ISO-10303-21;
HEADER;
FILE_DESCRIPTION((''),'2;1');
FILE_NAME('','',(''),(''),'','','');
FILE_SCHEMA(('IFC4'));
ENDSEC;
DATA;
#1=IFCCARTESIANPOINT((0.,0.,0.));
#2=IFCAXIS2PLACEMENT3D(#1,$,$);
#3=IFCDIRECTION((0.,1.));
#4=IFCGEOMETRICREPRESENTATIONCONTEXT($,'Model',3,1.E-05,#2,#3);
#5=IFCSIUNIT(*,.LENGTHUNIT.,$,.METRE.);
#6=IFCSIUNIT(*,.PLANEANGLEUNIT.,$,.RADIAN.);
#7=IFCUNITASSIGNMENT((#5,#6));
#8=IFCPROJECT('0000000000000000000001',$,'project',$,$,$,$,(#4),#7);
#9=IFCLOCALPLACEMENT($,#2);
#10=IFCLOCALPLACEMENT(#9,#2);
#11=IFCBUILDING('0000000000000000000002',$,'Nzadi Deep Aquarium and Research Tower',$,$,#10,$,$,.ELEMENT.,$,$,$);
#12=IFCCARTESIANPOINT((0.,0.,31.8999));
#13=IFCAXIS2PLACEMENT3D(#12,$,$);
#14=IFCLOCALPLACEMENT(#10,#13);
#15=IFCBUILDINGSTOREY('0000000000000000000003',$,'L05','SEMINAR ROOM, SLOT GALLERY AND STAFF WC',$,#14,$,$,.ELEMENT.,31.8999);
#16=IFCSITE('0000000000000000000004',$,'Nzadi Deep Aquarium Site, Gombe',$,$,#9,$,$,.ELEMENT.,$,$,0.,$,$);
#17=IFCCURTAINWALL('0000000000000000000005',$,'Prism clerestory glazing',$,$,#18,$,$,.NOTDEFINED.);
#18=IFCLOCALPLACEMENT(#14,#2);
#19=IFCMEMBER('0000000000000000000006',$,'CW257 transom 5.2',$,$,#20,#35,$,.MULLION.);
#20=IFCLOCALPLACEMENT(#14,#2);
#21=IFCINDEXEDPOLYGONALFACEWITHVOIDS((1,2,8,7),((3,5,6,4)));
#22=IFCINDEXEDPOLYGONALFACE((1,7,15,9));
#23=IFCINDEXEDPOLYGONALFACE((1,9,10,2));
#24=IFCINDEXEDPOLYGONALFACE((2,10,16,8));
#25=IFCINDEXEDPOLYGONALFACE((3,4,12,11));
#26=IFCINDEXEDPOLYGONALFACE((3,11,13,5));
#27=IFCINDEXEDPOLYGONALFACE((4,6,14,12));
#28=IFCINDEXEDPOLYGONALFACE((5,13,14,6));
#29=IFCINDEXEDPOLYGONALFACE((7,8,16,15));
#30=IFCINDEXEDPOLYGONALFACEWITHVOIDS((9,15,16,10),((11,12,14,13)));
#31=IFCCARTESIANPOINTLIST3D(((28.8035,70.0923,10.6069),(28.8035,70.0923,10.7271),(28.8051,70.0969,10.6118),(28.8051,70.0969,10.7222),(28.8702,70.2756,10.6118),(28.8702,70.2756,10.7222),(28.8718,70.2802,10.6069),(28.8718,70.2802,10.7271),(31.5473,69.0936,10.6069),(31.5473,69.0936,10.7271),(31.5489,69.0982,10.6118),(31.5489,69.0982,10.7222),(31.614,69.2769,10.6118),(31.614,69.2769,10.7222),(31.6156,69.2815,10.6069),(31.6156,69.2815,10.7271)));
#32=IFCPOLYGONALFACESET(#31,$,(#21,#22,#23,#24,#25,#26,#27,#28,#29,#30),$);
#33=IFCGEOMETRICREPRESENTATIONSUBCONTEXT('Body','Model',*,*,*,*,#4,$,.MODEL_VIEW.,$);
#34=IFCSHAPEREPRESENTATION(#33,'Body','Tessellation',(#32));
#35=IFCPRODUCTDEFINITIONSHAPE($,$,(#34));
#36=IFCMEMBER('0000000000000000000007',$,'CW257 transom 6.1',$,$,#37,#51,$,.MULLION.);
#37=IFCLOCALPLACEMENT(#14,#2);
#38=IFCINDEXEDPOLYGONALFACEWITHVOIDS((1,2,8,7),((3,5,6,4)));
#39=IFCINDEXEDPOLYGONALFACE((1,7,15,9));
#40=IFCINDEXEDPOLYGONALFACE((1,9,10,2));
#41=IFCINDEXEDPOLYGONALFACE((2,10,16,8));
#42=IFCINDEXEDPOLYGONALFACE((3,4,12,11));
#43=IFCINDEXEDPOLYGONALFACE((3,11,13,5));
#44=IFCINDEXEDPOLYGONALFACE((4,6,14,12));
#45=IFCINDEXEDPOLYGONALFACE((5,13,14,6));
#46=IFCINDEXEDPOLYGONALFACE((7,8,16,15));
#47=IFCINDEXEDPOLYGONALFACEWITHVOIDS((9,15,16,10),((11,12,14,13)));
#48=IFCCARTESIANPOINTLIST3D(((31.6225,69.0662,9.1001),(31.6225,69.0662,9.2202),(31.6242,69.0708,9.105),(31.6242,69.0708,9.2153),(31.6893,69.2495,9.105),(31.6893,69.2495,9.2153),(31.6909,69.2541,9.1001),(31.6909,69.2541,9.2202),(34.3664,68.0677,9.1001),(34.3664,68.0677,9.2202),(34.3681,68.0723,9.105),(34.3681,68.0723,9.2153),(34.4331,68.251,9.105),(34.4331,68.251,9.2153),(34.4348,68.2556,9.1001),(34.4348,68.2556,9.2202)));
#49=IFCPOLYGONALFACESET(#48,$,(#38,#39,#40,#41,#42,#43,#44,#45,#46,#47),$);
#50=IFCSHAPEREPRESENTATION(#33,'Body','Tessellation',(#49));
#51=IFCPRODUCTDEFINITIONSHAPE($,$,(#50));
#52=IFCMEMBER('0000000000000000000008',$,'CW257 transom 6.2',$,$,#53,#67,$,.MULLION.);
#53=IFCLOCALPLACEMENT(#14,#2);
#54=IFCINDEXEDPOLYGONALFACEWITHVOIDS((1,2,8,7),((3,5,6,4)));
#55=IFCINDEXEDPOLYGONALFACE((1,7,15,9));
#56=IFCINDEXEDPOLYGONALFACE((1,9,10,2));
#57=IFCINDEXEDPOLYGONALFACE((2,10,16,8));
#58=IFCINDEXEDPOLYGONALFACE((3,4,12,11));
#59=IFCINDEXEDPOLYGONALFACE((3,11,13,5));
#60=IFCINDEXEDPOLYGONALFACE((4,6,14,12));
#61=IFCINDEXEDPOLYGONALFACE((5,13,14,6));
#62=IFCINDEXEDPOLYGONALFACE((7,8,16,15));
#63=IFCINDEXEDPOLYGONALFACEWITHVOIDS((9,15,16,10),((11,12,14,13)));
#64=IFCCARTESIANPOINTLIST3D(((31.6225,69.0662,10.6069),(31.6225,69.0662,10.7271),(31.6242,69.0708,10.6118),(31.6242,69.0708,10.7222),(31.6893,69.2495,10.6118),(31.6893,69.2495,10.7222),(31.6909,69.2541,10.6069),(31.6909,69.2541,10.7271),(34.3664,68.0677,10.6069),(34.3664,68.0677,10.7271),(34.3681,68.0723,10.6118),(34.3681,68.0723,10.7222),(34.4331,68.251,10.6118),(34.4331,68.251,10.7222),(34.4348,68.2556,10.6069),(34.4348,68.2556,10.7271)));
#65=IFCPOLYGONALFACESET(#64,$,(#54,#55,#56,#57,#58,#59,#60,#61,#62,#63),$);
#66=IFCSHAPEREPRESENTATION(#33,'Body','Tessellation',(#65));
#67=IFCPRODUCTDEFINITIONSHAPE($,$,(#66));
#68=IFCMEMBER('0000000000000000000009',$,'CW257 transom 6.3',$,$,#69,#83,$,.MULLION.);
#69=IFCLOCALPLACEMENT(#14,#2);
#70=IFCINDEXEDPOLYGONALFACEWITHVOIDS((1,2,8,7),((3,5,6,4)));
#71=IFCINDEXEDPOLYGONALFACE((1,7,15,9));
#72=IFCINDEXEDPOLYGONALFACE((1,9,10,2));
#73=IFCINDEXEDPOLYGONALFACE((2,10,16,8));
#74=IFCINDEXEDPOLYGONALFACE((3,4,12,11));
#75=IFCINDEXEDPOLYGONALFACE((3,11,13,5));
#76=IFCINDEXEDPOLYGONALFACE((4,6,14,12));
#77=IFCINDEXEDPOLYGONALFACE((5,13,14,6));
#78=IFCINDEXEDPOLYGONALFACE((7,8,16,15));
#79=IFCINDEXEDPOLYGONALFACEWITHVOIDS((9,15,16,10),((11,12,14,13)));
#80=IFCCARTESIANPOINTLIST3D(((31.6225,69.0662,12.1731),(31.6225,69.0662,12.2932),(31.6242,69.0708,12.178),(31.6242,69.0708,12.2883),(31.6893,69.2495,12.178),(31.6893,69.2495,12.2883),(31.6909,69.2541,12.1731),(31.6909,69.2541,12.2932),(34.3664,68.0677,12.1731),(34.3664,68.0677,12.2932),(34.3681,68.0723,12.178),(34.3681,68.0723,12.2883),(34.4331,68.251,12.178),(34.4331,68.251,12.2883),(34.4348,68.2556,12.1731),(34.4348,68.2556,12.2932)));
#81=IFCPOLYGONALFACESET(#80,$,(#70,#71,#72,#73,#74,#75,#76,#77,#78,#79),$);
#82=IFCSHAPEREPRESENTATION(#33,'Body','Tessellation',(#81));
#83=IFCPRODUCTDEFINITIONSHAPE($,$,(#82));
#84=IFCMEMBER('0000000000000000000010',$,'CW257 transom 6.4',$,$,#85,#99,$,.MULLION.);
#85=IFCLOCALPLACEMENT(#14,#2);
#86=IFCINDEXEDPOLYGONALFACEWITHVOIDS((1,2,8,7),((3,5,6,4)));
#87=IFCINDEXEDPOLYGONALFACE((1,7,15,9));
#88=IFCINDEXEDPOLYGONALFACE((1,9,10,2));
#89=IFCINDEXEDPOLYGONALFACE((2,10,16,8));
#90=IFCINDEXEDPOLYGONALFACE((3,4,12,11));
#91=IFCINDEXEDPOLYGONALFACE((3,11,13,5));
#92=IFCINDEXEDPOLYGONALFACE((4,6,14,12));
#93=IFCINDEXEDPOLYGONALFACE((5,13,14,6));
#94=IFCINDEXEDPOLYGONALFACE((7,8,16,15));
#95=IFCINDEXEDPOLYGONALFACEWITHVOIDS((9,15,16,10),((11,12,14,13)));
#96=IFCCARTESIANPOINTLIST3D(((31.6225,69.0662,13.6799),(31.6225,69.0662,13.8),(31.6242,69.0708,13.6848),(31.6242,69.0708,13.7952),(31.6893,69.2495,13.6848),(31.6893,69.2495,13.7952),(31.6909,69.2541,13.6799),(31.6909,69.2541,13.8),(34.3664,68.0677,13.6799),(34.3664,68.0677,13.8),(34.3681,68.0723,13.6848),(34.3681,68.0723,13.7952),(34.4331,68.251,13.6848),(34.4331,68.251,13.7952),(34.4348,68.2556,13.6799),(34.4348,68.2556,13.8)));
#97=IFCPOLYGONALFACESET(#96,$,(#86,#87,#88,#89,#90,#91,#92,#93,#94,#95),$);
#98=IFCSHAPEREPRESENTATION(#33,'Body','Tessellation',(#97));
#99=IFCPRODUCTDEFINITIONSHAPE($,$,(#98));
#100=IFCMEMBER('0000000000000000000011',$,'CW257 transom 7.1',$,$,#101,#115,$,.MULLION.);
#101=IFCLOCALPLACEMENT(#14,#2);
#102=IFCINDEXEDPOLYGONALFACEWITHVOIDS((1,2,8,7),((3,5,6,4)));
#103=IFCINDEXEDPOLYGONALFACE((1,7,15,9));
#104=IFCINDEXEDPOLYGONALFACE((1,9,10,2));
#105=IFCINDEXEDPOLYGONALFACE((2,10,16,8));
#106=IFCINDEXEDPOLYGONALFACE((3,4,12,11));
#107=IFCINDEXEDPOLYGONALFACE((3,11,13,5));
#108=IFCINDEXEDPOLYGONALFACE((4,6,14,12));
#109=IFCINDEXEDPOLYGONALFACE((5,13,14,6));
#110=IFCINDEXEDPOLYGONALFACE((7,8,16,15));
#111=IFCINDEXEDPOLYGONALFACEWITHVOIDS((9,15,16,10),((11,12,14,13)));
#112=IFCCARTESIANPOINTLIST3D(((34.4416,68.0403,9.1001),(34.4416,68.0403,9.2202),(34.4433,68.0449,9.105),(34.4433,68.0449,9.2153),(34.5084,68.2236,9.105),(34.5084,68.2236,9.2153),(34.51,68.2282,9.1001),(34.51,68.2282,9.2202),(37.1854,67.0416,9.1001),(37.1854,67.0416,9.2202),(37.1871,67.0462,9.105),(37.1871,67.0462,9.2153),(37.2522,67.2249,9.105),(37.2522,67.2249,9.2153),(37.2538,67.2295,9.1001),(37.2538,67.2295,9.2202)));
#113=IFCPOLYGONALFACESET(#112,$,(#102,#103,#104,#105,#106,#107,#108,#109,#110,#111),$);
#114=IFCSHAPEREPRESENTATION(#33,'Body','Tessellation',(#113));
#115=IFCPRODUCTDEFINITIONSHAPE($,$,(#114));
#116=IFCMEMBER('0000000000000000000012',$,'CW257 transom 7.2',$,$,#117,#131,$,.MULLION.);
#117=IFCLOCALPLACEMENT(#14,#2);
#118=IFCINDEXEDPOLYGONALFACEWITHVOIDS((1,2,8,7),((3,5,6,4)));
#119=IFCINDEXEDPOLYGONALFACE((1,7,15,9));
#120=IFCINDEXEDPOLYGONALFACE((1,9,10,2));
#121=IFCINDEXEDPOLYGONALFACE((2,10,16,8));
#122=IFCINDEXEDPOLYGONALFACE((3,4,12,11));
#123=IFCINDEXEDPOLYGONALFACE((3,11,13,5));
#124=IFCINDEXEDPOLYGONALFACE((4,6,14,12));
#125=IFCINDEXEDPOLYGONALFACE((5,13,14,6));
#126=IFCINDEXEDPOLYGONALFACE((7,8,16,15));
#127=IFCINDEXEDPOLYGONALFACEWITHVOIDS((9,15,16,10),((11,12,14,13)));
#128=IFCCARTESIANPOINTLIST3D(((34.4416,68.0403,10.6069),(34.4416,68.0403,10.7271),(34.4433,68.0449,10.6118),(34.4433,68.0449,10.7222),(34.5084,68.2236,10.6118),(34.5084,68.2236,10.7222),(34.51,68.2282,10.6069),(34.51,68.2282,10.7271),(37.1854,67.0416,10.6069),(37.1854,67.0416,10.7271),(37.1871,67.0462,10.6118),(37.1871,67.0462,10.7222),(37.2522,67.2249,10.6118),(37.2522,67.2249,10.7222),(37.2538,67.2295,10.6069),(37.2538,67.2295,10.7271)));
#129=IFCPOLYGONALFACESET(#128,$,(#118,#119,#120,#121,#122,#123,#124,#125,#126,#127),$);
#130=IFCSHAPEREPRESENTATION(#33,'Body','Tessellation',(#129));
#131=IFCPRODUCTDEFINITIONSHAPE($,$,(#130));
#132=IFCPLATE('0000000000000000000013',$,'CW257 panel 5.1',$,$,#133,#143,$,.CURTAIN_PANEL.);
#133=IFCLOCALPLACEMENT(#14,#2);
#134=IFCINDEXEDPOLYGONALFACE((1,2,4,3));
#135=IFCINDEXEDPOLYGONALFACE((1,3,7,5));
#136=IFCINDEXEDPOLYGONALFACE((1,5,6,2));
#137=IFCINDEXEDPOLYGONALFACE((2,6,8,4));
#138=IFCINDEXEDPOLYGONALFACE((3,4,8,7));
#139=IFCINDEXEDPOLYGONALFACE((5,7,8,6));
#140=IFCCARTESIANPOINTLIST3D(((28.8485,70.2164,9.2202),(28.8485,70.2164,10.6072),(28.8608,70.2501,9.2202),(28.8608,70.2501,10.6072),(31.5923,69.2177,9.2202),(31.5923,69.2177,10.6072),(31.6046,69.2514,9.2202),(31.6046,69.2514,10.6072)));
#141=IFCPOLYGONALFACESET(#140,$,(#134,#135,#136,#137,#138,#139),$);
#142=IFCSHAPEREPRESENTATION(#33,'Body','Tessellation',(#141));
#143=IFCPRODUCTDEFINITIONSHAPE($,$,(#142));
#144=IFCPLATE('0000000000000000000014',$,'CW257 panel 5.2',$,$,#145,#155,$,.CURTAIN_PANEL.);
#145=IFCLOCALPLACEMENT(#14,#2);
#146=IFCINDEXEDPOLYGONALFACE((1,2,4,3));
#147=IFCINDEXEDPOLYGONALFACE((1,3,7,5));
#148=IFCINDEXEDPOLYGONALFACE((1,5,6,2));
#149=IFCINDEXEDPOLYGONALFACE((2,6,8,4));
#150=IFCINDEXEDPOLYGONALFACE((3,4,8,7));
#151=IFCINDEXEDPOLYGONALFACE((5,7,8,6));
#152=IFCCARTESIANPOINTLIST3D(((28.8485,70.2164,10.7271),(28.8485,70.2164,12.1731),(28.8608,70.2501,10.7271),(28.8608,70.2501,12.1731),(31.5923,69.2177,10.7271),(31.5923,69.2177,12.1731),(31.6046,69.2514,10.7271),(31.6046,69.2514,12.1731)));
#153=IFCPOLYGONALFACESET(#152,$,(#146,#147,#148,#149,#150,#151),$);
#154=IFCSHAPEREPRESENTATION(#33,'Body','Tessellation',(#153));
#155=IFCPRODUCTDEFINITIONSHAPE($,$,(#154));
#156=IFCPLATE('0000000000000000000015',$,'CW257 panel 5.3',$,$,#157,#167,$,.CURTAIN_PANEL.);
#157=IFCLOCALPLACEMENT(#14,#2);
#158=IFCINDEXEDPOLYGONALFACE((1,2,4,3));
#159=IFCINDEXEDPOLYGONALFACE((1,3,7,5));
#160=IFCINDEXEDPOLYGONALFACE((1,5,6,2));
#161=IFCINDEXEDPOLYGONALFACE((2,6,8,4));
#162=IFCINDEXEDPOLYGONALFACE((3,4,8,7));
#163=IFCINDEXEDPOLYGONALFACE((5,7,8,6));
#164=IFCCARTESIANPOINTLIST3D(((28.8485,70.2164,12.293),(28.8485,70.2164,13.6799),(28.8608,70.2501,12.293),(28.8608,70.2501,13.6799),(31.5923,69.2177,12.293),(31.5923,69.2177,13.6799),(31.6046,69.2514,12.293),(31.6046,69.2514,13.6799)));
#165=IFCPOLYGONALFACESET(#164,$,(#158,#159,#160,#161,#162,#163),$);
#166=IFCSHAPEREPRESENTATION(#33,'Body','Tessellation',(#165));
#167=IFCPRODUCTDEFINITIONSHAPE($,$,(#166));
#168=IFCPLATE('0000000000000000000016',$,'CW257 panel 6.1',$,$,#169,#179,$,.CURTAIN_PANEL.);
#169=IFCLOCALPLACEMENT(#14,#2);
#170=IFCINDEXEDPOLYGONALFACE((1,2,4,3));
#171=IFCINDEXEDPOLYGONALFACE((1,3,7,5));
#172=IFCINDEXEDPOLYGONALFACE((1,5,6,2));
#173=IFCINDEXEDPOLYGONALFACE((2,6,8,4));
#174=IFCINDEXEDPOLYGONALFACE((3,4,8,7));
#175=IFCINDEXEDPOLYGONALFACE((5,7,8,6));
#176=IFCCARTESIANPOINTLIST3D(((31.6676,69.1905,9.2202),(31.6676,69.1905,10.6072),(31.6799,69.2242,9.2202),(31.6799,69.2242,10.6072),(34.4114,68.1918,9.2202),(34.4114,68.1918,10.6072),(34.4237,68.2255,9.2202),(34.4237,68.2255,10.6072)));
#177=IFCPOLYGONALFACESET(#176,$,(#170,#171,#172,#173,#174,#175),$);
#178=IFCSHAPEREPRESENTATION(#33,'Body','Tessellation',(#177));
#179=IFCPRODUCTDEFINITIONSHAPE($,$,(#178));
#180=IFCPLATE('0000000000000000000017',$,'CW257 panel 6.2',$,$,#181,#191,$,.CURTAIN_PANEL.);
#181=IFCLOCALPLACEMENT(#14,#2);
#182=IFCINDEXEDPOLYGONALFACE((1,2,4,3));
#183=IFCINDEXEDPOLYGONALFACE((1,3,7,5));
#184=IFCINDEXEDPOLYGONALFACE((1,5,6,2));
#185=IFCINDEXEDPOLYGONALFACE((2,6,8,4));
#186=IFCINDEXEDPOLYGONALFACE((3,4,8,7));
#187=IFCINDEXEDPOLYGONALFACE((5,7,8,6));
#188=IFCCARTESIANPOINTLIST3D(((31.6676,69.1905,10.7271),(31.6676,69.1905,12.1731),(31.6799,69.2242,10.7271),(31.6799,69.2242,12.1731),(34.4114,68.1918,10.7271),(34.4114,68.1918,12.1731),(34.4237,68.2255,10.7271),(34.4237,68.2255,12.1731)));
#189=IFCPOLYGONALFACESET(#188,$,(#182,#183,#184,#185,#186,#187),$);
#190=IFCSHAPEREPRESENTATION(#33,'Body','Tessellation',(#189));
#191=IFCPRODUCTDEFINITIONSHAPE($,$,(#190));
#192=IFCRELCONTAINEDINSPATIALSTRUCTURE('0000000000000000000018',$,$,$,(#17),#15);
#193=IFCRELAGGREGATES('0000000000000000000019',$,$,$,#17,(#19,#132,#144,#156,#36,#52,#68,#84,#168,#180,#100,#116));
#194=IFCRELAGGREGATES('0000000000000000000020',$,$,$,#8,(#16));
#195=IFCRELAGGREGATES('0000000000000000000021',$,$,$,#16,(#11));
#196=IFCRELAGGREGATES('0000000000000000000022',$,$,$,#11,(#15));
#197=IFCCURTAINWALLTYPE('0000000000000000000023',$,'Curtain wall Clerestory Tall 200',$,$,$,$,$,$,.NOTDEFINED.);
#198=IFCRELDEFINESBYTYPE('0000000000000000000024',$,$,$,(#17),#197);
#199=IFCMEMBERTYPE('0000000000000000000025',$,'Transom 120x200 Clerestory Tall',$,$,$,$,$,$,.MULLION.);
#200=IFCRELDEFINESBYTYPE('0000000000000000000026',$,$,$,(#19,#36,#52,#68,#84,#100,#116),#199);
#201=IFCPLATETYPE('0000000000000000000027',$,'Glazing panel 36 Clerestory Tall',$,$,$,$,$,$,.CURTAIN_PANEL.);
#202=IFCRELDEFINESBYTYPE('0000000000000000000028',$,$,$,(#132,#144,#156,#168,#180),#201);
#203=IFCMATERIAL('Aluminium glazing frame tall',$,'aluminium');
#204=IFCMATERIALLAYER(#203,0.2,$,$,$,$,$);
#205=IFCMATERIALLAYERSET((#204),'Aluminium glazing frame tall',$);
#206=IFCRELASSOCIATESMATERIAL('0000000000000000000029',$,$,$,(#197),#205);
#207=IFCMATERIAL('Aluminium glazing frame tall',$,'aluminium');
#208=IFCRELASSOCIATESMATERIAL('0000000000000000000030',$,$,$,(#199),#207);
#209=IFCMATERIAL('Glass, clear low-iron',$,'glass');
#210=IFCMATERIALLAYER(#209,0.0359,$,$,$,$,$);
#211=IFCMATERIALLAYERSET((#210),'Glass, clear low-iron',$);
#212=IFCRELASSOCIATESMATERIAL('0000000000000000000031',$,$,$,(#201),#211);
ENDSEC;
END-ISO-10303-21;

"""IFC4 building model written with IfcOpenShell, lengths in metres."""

from ifc_helpers import new_model, si_unit, direction, frame, origin, origin_2d, place, context, subcontext, project, spatial, rectangle, hollow_rectangle, extrude, material, layer, layer_set, material_profile, profile_set, type_object, element, aggregate, save


model = new_model("IFC4")

# Units and contexts
model_context = context("Model", 3, precision=1e-05, world=origin(), true_north=direction((0.0, 1.0)))
body_context = subcontext(model_context, "Body", "Model", "MODEL_VIEW")
ifc_project = project(units=[si_unit("LENGTHUNIT", "METRE"), si_unit("PLANEANGLEUNIT", "RADIAN")], contexts=[model_context])

# Site, building, storey
site_placement = place(None, origin())
site = spatial("IfcSite", under=ifc_project, at=site_placement, Name="Nzadi Deep Aquarium Site, Gombe", CompositionType="ELEMENT", RefElevation=0.0)
building_placement = place(site_placement, origin())
building = spatial("IfcBuilding", under=site, at=building_placement, Name="Nzadi Deep Aquarium and Research Tower", CompositionType="ELEMENT")
storey_placement = place(building_placement, frame((0.0, 0.0, 31.8999)))
storey = spatial("IfcBuildingStorey", under=building, at=storey_placement, Name="L05", Description="SEMINAR ROOM, SLOT GALLERY AND STAFF WC", CompositionType="ELEMENT", Elevation=31.8999)

# Curtain wall
ifc_material_1 = material(Name="Aluminium glazing frame tall", Category="aluminium")
ifc_layer_1 = layer(ifc_material_1, 0.2)
ifc_layer_set_1 = layer_set([ifc_layer_1], Name="Aluminium glazing frame tall")
curtain_wall_type = type_object("IfcCurtainWallType", Name="Curtain wall Clerestory Tall 200", PredefinedType="NOTDEFINED", material=ifc_layer_set_1)
curtain_wall_placement = place(storey_placement, origin())
curtain_wall = element("IfcCurtainWall", 1, at=curtain_wall_placement, inside=storey, type_object=curtain_wall_type, Name="Prism clerestory glazing", PredefinedType="NOTDEFINED")

# Members
ifc_material_2 = material(Name="Aluminium glazing frame tall", Category="aluminium")
ifc_material_profile_1 = material_profile(ifc_material_2, hollow_rectangle(XDim=0.2, YDim=0.1201, WallThickness=0.0049, at=origin_2d()))
ifc_profile_set_1 = profile_set([ifc_material_profile_1], Name="Aluminium glazing frame tall")
member_type_1 = type_object("IfcMemberType", Name="Transom 120x200 Clerestory Tall", PredefinedType="MULLION", material=ifc_profile_set_1)
member_1_placement = place(storey_placement, frame((28.8376, 70.1863, 10.667), z_axis=(0.939684, -0.342045, 0.0), x_axis=(0.342045, 0.939684, 0.0)))
member_1 = element("IfcMember", 2, at=member_1_placement, type_object=member_type_1, Name="CW257 transom 5.2", PredefinedType="MULLION", context=body_context, shape_type="SweptSolid", body=[
    extrude(hollow_rectangle(XDim=0.2, YDim=0.1201, WallThickness=0.0049, at=origin_2d()), origin(), (0.0, 0.0, 1.0), 2.9199),
])
member_2_placement = place(storey_placement, frame((31.6567, 69.1602, 9.1602), z_axis=(0.93971, -0.341971, 0.0), x_axis=(0.341971, 0.93971, 0.0)))
member_2 = element("IfcMember", 3, at=member_2_placement, type_object=member_type_1, Name="CW257 transom 6.1", PredefinedType="MULLION", context=body_context, shape_type="SweptSolid", body=[
    extrude(hollow_rectangle(XDim=0.2, YDim=0.1201, WallThickness=0.0049, at=origin_2d()), origin(), (0.0, 0.0, 1.0), 2.9199),
])
member_3_placement = place(storey_placement, frame((31.6567, 69.1602, 10.667), z_axis=(0.93971, -0.341971, 0.0), x_axis=(0.341971, 0.93971, 0.0)))
member_3 = element("IfcMember", 4, at=member_3_placement, type_object=member_type_1, Name="CW257 transom 6.2", PredefinedType="MULLION", context=body_context, shape_type="SweptSolid", body=[
    extrude(hollow_rectangle(XDim=0.2, YDim=0.1201, WallThickness=0.0049, at=origin_2d()), origin(), (0.0, 0.0, 1.0), 2.9199),
])
member_4_placement = place(storey_placement, frame((31.6567, 69.1602, 12.2332), z_axis=(0.93971, -0.341971, 0.0), x_axis=(0.341971, 0.93971, 0.0)))
member_4 = element("IfcMember", 5, at=member_4_placement, type_object=member_type_1, Name="CW257 transom 6.3", PredefinedType="MULLION", context=body_context, shape_type="SweptSolid", body=[
    extrude(hollow_rectangle(XDim=0.2, YDim=0.1201, WallThickness=0.0049, at=origin_2d()), origin(), (0.0, 0.0, 1.0), 2.9199),
])
member_5_placement = place(storey_placement, frame((31.6567, 69.1602, 13.74), z_axis=(0.93971, -0.341971, 0.0), x_axis=(0.341971, 0.93971, 0.0)))
member_5 = element("IfcMember", 6, at=member_5_placement, type_object=member_type_1, Name="CW257 transom 6.4", PredefinedType="MULLION", context=body_context, shape_type="SweptSolid", body=[
    extrude(hollow_rectangle(XDim=0.2, YDim=0.1201, WallThickness=0.0049, at=origin_2d()), origin(), (0.0, 0.0, 1.0), 2.9199),
])
member_6_placement = place(storey_placement, frame((34.4758, 68.1343, 9.1602), z_axis=(0.939684, -0.342045, 0.0), x_axis=(0.342045, 0.939684, 0.0)))
member_6 = element("IfcMember", 7, at=member_6_placement, type_object=member_type_1, Name="CW257 transom 7.1", PredefinedType="MULLION", context=body_context, shape_type="SweptSolid", body=[
    extrude(hollow_rectangle(XDim=0.2, YDim=0.1201, WallThickness=0.0049, at=origin_2d()), origin(), (0.0, 0.0, 1.0), 2.9199),
])
member_7_placement = place(storey_placement, frame((34.4758, 68.1343, 10.667), z_axis=(0.939684, -0.342045, 0.0), x_axis=(0.342045, 0.939684, 0.0)))
member_7 = element("IfcMember", 8, at=member_7_placement, type_object=member_type_1, Name="CW257 transom 7.2", PredefinedType="MULLION", context=body_context, shape_type="SweptSolid", body=[
    extrude(hollow_rectangle(XDim=0.2, YDim=0.1201, WallThickness=0.0049, at=origin_2d()), origin(), (0.0, 0.0, 1.0), 2.9199),
])

# Plates
ifc_material_3 = material(Name="Glass, clear low-iron", Category="glass")
ifc_layer_2 = layer(ifc_material_3, 0.0359)
ifc_layer_set_2 = layer_set([ifc_layer_2], Name="Glass, clear low-iron")
plate_type = type_object("IfcPlateType", Name="Glazing panel 36 Clerestory Tall", PredefinedType="CURTAIN_PANEL", material=ifc_layer_set_2)
plate_1_placement = place(storey_placement, frame((30.2266, 69.7339, 9.2202), z_axis=(0.0, 0.0, 1.0), x_axis=(0.939693, -0.34202, 0.0)))
plate_1 = element("IfcPlate", 9, at=plate_1_placement, type_object=plate_type, Name="CW257 panel 5.1", PredefinedType="CURTAIN_PANEL", context=body_context, shape_type="SweptSolid", body=[
    extrude(rectangle(XDim=2.9199, YDim=0.0359, at=origin_2d()), origin(), (0.0, 0.0, 1.0), 1.387),
])
plate_2_placement = place(storey_placement, frame((30.2266, 69.7339, 10.7271), z_axis=(0.0, 0.0, 1.0), x_axis=(0.939693, -0.34202, 0.0)))
plate_2 = element("IfcPlate", 10, at=plate_2_placement, type_object=plate_type, Name="CW257 panel 5.2", PredefinedType="CURTAIN_PANEL", context=body_context, shape_type="SweptSolid", body=[
    extrude(rectangle(XDim=2.9199, YDim=0.0359, at=origin_2d()), origin(), (0.0, 0.0, 1.0), 1.446),
])
plate_3_placement = place(storey_placement, frame((30.2266, 69.7339, 12.293), z_axis=(0.0, 0.0, 1.0), x_axis=(0.939693, -0.34202, 0.0)))
plate_3 = element("IfcPlate", 11, at=plate_3_placement, type_object=plate_type, Name="CW257 panel 5.3", PredefinedType="CURTAIN_PANEL", context=body_context, shape_type="SweptSolid", body=[
    extrude(rectangle(XDim=2.9199, YDim=0.0359, at=origin_2d()), origin(), (0.0, 0.0, 1.0), 1.387),
])
plate_4_placement = place(storey_placement, frame((33.0457, 68.708, 9.2202), z_axis=(0.0, 0.0, 1.0), x_axis=(0.939693, -0.34202, 0.0)))
plate_4 = element("IfcPlate", 12, at=plate_4_placement, type_object=plate_type, Name="CW257 panel 6.1", PredefinedType="CURTAIN_PANEL", context=body_context, shape_type="SweptSolid", body=[
    extrude(rectangle(XDim=2.9199, YDim=0.0359, at=origin_2d()), origin(), (0.0, 0.0, 1.0), 1.387),
])
plate_5_placement = place(storey_placement, frame((33.0457, 68.708, 10.7271), z_axis=(0.0, 0.0, 1.0), x_axis=(0.939693, -0.34202, 0.0)))
plate_5 = element("IfcPlate", 13, at=plate_5_placement, type_object=plate_type, Name="CW257 panel 6.2", PredefinedType="CURTAIN_PANEL", context=body_context, shape_type="SweptSolid", body=[
    extrude(rectangle(XDim=2.9199, YDim=0.0359, at=origin_2d()), origin(), (0.0, 0.0, 1.0), 1.446),
])
aggregate(curtain_wall, [member_1, plate_1, plate_2, plate_3, member_2, member_3, member_4, member_5, plate_4, plate_5, member_6, member_7])

save(model, "model.ifc")
